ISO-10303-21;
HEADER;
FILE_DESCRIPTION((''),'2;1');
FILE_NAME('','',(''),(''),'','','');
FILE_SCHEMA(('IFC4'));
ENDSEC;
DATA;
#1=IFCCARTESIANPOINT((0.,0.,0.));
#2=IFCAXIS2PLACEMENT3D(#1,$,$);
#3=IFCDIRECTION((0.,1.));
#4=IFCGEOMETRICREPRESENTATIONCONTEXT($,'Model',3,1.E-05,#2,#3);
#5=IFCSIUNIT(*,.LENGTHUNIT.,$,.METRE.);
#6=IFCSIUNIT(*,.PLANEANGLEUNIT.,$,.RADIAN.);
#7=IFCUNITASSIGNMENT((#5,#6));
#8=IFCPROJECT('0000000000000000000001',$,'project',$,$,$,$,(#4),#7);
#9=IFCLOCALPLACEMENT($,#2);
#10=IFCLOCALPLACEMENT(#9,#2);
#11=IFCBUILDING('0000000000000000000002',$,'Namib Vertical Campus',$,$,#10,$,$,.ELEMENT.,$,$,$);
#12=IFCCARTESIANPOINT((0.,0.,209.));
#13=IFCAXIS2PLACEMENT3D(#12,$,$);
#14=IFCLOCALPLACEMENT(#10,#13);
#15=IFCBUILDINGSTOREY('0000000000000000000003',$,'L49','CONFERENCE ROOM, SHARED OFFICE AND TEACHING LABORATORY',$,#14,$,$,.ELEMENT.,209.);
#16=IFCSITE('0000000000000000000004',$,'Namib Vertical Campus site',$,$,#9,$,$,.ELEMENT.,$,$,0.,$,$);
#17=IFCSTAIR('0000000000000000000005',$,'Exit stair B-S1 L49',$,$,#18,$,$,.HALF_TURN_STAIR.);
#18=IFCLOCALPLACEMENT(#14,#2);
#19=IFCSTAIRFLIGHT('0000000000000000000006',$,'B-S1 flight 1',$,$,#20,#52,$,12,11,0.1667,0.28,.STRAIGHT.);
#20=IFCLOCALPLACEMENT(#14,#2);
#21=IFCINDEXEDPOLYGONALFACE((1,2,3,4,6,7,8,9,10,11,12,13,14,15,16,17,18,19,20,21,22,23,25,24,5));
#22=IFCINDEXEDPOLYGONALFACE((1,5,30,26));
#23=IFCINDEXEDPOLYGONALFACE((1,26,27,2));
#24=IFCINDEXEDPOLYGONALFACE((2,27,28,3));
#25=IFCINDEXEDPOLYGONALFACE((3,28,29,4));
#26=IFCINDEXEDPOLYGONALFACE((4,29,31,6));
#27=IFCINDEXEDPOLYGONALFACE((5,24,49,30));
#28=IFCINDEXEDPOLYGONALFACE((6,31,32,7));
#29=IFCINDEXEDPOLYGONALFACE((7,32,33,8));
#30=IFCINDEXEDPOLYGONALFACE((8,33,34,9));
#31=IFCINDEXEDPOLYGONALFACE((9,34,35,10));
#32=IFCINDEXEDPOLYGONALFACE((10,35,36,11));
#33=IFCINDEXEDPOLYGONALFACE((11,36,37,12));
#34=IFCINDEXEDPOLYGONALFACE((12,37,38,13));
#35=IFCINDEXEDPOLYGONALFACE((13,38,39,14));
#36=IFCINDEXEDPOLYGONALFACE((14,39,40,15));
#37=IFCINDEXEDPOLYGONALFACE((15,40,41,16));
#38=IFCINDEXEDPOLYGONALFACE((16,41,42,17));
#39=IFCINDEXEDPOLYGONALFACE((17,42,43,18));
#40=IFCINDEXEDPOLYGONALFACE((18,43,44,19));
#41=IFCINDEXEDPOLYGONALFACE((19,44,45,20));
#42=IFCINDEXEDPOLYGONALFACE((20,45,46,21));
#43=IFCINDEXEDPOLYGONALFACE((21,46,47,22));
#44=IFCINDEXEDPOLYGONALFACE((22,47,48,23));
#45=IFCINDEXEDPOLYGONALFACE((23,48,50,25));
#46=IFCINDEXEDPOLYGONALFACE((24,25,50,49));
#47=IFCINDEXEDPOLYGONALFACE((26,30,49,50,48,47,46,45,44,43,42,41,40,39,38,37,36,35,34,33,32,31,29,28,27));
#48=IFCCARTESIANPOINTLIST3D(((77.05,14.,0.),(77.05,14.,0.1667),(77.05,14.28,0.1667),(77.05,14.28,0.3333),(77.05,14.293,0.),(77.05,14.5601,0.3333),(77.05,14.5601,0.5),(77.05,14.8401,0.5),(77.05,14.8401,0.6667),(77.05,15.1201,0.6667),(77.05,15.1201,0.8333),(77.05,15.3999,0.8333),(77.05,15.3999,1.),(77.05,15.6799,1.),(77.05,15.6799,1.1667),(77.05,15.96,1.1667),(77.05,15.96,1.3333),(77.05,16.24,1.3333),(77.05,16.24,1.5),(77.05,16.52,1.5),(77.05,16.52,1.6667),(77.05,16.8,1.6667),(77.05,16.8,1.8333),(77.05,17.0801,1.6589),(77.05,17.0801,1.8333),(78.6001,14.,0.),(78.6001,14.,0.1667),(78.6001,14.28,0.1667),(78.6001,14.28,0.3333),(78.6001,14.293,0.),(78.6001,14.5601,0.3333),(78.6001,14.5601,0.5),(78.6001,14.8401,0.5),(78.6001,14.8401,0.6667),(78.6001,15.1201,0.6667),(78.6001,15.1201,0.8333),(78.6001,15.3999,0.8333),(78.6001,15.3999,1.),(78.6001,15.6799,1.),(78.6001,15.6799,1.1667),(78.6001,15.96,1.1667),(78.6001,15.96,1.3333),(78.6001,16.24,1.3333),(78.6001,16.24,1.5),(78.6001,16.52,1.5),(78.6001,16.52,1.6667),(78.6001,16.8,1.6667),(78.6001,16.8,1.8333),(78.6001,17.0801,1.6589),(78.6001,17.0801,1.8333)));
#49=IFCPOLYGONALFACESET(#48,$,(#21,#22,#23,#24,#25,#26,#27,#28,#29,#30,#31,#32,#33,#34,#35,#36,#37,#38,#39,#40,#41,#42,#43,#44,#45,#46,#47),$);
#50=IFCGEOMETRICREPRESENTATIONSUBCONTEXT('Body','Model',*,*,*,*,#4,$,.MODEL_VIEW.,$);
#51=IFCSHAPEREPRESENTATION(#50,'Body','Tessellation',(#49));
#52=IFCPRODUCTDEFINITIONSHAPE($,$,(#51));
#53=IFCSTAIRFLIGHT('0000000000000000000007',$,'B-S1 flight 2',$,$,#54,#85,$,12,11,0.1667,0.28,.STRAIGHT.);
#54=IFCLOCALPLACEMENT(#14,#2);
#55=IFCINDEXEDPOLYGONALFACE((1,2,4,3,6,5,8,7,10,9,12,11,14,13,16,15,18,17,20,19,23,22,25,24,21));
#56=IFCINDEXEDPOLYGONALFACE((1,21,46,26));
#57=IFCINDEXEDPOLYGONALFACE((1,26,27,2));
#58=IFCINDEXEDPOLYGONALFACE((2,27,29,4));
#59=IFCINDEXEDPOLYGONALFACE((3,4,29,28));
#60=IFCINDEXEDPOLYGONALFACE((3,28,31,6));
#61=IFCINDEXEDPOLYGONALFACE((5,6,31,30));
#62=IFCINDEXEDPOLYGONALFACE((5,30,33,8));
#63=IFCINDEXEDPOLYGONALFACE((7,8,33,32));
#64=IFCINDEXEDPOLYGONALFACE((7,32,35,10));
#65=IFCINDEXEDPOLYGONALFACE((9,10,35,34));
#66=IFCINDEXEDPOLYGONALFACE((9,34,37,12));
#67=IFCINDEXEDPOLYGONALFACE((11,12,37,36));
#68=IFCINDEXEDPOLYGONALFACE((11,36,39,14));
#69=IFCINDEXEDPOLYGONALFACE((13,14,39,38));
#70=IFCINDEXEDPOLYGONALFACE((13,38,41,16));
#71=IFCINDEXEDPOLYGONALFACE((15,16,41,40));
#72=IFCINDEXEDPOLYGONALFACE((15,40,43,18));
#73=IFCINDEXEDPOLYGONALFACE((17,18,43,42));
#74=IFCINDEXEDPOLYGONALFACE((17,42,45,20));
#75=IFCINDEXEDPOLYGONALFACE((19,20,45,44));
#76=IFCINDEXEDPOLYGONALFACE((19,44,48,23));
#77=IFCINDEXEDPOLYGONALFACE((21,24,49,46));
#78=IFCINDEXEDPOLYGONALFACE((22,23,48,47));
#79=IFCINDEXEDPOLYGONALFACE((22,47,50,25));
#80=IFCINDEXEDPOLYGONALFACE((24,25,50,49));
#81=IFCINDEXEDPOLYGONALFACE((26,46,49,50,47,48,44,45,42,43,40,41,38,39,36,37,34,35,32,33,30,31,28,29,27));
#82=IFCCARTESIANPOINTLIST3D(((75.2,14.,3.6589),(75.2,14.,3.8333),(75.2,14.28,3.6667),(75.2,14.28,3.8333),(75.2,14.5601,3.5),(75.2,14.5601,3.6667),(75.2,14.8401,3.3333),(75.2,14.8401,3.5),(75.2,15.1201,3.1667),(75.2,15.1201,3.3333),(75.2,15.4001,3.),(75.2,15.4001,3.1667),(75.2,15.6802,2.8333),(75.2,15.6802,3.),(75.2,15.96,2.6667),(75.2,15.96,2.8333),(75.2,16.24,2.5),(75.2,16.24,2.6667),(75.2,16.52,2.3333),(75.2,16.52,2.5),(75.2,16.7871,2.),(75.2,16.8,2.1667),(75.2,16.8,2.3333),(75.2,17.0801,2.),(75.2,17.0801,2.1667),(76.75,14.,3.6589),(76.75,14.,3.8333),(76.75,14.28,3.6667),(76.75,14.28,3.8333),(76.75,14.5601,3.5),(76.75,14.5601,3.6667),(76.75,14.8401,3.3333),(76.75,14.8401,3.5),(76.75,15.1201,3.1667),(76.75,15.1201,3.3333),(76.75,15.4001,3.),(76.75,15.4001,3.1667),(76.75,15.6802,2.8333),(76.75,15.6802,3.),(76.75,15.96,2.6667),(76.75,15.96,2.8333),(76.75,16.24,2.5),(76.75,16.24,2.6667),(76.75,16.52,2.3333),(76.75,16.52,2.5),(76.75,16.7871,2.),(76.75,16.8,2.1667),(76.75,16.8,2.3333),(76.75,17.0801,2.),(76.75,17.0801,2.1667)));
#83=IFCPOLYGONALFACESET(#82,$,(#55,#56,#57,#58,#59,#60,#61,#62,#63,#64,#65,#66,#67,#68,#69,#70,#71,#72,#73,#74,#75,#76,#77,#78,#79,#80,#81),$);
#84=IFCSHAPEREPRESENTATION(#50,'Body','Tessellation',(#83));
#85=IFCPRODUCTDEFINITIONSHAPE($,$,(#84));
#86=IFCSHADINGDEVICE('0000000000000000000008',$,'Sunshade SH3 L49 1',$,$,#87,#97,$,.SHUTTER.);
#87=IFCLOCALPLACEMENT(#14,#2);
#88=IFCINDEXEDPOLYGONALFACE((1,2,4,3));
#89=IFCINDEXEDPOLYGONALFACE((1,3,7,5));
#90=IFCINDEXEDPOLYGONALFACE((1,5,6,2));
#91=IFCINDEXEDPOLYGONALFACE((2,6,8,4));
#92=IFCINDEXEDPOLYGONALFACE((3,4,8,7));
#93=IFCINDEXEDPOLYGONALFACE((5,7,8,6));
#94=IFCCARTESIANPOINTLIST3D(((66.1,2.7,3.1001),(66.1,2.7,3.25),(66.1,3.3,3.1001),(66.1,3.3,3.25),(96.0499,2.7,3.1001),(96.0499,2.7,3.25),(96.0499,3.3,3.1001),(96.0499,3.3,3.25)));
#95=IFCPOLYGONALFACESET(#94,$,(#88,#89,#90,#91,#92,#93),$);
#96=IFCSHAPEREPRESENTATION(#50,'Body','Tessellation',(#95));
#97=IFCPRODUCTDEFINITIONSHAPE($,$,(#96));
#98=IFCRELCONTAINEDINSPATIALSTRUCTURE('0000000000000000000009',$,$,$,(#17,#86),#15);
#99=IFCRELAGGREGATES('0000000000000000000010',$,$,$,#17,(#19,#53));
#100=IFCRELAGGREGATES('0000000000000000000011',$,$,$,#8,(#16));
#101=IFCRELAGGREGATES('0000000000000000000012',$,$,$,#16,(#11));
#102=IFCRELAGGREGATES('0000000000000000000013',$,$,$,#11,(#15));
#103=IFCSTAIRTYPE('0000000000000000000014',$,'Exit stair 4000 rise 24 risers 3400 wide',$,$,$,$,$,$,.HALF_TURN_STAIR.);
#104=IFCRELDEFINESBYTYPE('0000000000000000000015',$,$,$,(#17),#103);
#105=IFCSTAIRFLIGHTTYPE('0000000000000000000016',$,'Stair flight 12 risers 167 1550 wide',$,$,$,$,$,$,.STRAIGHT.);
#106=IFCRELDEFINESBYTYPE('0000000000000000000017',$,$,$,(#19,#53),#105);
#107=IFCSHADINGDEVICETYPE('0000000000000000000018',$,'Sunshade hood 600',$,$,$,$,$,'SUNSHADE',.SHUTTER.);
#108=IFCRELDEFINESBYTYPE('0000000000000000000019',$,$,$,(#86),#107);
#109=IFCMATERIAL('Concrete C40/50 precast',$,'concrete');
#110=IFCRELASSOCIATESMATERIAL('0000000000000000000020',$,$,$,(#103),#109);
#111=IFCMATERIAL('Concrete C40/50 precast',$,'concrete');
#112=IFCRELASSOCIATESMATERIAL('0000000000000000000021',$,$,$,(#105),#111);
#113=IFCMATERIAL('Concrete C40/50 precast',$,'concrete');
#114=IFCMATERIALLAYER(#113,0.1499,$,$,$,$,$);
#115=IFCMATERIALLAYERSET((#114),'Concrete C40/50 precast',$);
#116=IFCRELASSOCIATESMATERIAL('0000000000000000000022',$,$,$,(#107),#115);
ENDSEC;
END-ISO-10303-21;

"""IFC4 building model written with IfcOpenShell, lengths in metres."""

from ifc_helpers import new_model, si_unit, direction, frame, origin, origin_2d, place, context, subcontext, project, spatial, polyline, rectangle, outline, extrude, material, layer, layer_set, type_object, element, aggregate, save


model = new_model("IFC4")

# Units and contexts
model_context = context("Model", 3, precision=1e-05, world=origin(), true_north=direction((0.0, 1.0)))
body_context = subcontext(model_context, "Body", "Model", "MODEL_VIEW")
ifc_project = project(units=[si_unit("LENGTHUNIT", "METRE"), si_unit("PLANEANGLEUNIT", "RADIAN")], contexts=[model_context])

# Site, building, storey
site_placement = place(None, origin())
site = spatial("IfcSite", under=ifc_project, at=site_placement, Name="Namib Vertical Campus site", CompositionType="ELEMENT", RefElevation=0.0)
building_placement = place(site_placement, origin())
building = spatial("IfcBuilding", under=site, at=building_placement, Name="Namib Vertical Campus", CompositionType="ELEMENT")
storey_placement = place(building_placement, frame((0.0, 0.0, 209.0)))
storey = spatial("IfcBuildingStorey", under=building, at=storey_placement, Name="L49", Description="CONFERENCE ROOM, SHARED OFFICE AND TEACHING LABORATORY", CompositionType="ELEMENT", Elevation=209.0)

# Stair, stair flights
ifc_material_1 = material(Name="Concrete C40/50 precast", Category="concrete")
stair_type = type_object("IfcStairType", Name="Exit stair 4000 rise 24 risers 3400 wide", PredefinedType="HALF_TURN_STAIR", material=ifc_material_1)
stair_placement = place(storey_placement, origin())
stair = element("IfcStair", 1, at=stair_placement, inside=storey, type_object=stair_type, Name="Exit stair B-S1 L49", PredefinedType="HALF_TURN_STAIR")
ifc_material_2 = material(Name="Concrete C40/50 precast", Category="concrete")
stair_flight_type = type_object("IfcStairFlightType", Name="Stair flight 12 risers 167 1550 wide", PredefinedType="STRAIGHT", material=ifc_material_2)
stair_flight_1_placement = place(storey_placement, frame((77.825, 14.0, 0.0), z_axis=(0.0, 0.0, 1.0), x_axis=(0.0, 1.0, 0.0)))
stair_flight_1 = element("IfcStairFlight", 2, at=stair_flight_1_placement, type_object=stair_flight_type, Name="B-S1 flight 1", NumberOfRisers=12, NumberOfTreads=11, PredefinedType="STRAIGHT", RiserHeight=0.1667, TreadLength=0.28, context=body_context, shape_type="SweptSolid", body=[
    extrude(outline(polyline([(0.0, 0.0), (0.0, 0.1667), (0.28, 0.1667), (0.28, 0.3333), (0.5601, 0.3333), (0.5601, 0.5), (0.8401, 0.5), (0.8401, 0.6667), (1.1201, 0.6667), (1.1201, 0.8333), (1.3999, 0.8333), (1.3999, 1.0), (1.6799, 1.0), (1.6799, 1.1667), (1.96, 1.1667), (1.96, 1.3333), (2.24, 1.3333), (2.24, 1.5), (2.52, 1.5), (2.52, 1.6667), (2.8, 1.6667), (2.8, 1.8333), (3.0801, 1.8333), (3.0801, 2.0), (3.0801, 1.6589), (0.293, 0.0), (0.0, 0.0)])), frame((0.0, 0.7749, 0.0), z_axis=(0.0, -1.0, 0.0), x_axis=(1.0, 0.0, 0.0)), (0.0, 0.0, 1.0), 1.55),
])
stair_flight_2_placement = place(storey_placement, frame((75.9751, 17.0801, 2.0), z_axis=(0.0, 0.0, 1.0), x_axis=(0.0, -1.0, 0.0)))
stair_flight_2 = element("IfcStairFlight", 3, at=stair_flight_2_placement, type_object=stair_flight_type, Name="B-S1 flight 2", NumberOfRisers=12, NumberOfTreads=11, PredefinedType="STRAIGHT", RiserHeight=0.1667, TreadLength=0.28, context=body_context, shape_type="SweptSolid", body=[
    extrude(outline(polyline([(0.0, 0.0), (0.0, 0.1667), (0.28, 0.1667), (0.28, 0.3333), (0.5601, 0.3333), (0.5601, 0.5), (0.8401, 0.5), (0.8401, 0.6667), (1.1201, 0.6667), (1.1201, 0.8333), (1.3999, 0.8333), (1.3999, 1.0), (1.6799, 1.0), (1.6799, 1.1667), (1.96, 1.1667), (1.96, 1.3333), (2.24, 1.3333), (2.24, 1.5), (2.52, 1.5), (2.52, 1.6667), (2.8, 1.6667), (2.8, 1.8333), (3.0801, 1.8333), (3.0801, 2.0), (3.0801, 1.6589), (0.293, 0.0), (0.0, 0.0)])), frame((0.0, 0.7749, 0.0), z_axis=(0.0, -1.0, 0.0), x_axis=(1.0, 0.0, 0.0)), (0.0, 0.0, 1.0), 1.55),
])
aggregate(stair, [stair_flight_1, stair_flight_2])

# Shading device
ifc_material_3 = material(Name="Concrete C40/50 precast", Category="concrete")
ifc_layer_1 = layer(ifc_material_3, 0.1499)
ifc_layer_set_1 = layer_set([ifc_layer_1], Name="Concrete C40/50 precast")
shading_device_type = type_object("IfcShadingDeviceType", Name="Sunshade hood 600", ElementType="SUNSHADE", PredefinedType="SHUTTER", material=ifc_layer_set_1)
shading_device_placement = place(storey_placement, frame((81.075, 3.0, 3.1001), z_axis=(0.0, 0.0, 1.0), x_axis=(1.0, 0.0, 0.0)))
element("IfcShadingDevice", 4, at=shading_device_placement, inside=storey, type_object=shading_device_type, Name="Sunshade SH3 L49 1", PredefinedType="SHUTTER", context=body_context, shape_type="SweptSolid", body=[
    extrude(rectangle(XDim=29.95, YDim=0.6001, at=origin_2d()), origin(), (0.0, 0.0, 1.0), 0.1499),
])

save(model, "model.ifc")
